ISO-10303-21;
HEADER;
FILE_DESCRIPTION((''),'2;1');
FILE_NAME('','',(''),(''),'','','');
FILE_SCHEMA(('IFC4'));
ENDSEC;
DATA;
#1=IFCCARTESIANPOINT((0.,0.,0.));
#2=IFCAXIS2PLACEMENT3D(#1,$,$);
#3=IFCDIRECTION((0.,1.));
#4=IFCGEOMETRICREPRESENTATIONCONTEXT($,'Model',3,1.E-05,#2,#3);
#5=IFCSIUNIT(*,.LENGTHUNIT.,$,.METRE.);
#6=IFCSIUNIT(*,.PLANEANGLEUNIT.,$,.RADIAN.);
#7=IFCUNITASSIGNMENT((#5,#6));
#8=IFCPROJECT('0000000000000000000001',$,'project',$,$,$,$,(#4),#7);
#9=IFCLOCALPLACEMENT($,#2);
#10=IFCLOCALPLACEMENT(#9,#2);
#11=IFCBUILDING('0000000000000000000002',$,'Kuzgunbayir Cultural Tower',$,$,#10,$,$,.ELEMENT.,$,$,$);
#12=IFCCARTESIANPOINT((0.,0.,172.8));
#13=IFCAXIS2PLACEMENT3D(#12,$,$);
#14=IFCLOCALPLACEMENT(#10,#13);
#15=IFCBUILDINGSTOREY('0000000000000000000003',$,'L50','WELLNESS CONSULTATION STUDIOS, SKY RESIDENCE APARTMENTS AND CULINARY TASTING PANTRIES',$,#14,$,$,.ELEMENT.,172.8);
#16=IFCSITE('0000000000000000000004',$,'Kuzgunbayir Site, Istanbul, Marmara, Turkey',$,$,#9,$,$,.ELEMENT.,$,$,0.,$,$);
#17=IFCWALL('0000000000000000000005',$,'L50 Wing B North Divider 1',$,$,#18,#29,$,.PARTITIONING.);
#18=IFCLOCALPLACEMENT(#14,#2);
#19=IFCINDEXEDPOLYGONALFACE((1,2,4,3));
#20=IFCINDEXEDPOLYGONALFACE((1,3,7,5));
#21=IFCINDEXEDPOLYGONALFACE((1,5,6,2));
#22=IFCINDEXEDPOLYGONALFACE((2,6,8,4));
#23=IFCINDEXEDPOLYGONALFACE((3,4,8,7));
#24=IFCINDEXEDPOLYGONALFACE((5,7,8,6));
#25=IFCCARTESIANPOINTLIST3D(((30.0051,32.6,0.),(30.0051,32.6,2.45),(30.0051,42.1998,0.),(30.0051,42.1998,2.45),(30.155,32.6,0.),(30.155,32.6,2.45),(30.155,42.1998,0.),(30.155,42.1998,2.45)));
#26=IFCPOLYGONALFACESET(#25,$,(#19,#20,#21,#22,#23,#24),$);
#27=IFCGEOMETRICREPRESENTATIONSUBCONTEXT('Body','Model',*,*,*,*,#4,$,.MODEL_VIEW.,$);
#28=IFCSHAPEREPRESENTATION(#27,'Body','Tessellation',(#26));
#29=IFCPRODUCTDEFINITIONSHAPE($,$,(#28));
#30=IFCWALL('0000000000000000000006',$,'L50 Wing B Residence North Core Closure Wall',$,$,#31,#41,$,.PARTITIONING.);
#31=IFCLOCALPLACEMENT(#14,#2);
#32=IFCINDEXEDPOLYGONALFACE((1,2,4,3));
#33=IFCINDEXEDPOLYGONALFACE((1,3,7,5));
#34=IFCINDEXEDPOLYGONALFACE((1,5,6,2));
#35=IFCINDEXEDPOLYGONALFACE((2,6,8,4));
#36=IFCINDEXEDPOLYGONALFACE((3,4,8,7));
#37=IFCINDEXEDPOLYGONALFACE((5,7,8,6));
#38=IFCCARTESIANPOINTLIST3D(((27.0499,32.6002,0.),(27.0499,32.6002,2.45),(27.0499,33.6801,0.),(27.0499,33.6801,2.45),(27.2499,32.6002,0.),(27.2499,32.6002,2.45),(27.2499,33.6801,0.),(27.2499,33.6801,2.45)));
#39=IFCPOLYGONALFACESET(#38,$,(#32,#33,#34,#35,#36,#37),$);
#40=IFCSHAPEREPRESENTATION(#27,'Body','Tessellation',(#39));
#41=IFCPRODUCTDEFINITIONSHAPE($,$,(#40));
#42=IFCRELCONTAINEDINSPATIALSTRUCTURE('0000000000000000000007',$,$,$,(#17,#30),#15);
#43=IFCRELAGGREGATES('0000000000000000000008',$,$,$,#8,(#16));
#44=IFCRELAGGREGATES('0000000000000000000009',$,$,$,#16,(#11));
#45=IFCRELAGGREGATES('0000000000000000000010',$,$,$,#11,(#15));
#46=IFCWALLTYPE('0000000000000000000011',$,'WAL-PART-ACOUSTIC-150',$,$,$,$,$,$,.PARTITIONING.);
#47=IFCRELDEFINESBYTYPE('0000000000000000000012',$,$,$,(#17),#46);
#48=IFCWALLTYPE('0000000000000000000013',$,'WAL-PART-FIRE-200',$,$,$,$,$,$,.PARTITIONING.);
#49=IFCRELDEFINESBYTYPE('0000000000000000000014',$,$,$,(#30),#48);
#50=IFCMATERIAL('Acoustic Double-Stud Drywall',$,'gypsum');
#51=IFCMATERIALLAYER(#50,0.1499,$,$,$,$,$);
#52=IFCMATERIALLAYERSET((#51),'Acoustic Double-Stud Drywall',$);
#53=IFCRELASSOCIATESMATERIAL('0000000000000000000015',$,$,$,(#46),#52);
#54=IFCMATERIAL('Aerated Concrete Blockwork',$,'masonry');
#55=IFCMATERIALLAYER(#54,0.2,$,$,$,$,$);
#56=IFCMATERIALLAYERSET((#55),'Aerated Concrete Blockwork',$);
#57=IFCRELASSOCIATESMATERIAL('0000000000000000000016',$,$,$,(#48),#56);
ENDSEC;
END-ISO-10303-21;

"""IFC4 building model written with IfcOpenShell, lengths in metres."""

from ifc_helpers import new_model, si_unit, direction, frame, frame_2d, origin, place, context, subcontext, project, spatial, rectangle, extrude, material, layer, layer_set, type_object, element, save


model = new_model("IFC4")

# Units and contexts
model_context = context("Model", 3, precision=1e-05, world=origin(), true_north=direction((0.0, 1.0)))
body_context = subcontext(model_context, "Body", "Model", "MODEL_VIEW")
ifc_project = project(units=[si_unit("LENGTHUNIT", "METRE"), si_unit("PLANEANGLEUNIT", "RADIAN")], contexts=[model_context])

# Site, building, storey
site_placement = place(None, origin())
site = spatial("IfcSite", under=ifc_project, at=site_placement, Name="Kuzgunbayir Site, Istanbul, Marmara, Turkey", CompositionType="ELEMENT", RefElevation=0.0)
building_placement = place(site_placement, origin())
building = spatial("IfcBuilding", under=site, at=building_placement, Name="Kuzgunbayir Cultural Tower", CompositionType="ELEMENT")
storey_placement = place(building_placement, frame((0.0, 0.0, 172.8)))
storey = spatial("IfcBuildingStorey", under=building, at=storey_placement, Name="L50", Description="WELLNESS CONSULTATION STUDIOS, SKY RESIDENCE APARTMENTS AND CULINARY TASTING PANTRIES", CompositionType="ELEMENT", Elevation=172.8)

# Wall
ifc_material_1 = material(Name="Acoustic Double-Stud Drywall", Category="gypsum")
ifc_layer_1 = layer(ifc_material_1, 0.1499)
ifc_layer_set_1 = layer_set([ifc_layer_1], Name="Acoustic Double-Stud Drywall")
wall_type_1 = type_object("IfcWallType", Name="WAL-PART-ACOUSTIC-150", PredefinedType="PARTITIONING", material=ifc_layer_set_1)
wall_1_placement = place(storey_placement, frame((30.0801, 32.6001, 0.0), z_axis=(0.0, 0.0, 1.0), x_axis=(0.0, 1.0, 0.0)))
element("IfcWall", 1, at=wall_1_placement, inside=storey, type_object=wall_type_1, Name="L50 Wing B North Divider 1", PredefinedType="PARTITIONING", context=body_context, shape_type="SweptSolid", body=[
    extrude(rectangle(XDim=9.5999, YDim=0.1499, at=frame_2d((4.7998, 0.0))), origin(), (0.0, 0.0, 1.0), 2.45),
])

# Shared definitions
ifc_material_2 = material(Name="Aerated Concrete Blockwork", Category="masonry")
ifc_layer_2 = layer(ifc_material_2, 0.2)
ifc_layer_set_2 = layer_set([ifc_layer_2], Name="Aerated Concrete Blockwork")
wall_type_2 = type_object("IfcWallType", Name="WAL-PART-FIRE-200", PredefinedType="PARTITIONING", material=ifc_layer_set_2)

# Wall
wall_2_placement = place(storey_placement, frame((27.1499, 32.6001, 0.0), z_axis=(0.0, 0.0, 1.0), x_axis=(0.0, 1.0, 0.0)))
element("IfcWall", 2, at=wall_2_placement, inside=storey, type_object=wall_type_2, Name="L50 Wing B Residence North Core Closure Wall", PredefinedType="PARTITIONING", context=body_context, shape_type="SweptSolid", body=[
    extrude(rectangle(XDim=1.0798, YDim=0.2, at=frame_2d((0.54, 0.0))), origin(), (0.0, 0.0, 1.0), 2.45),
])

save(model, "model.ifc")
